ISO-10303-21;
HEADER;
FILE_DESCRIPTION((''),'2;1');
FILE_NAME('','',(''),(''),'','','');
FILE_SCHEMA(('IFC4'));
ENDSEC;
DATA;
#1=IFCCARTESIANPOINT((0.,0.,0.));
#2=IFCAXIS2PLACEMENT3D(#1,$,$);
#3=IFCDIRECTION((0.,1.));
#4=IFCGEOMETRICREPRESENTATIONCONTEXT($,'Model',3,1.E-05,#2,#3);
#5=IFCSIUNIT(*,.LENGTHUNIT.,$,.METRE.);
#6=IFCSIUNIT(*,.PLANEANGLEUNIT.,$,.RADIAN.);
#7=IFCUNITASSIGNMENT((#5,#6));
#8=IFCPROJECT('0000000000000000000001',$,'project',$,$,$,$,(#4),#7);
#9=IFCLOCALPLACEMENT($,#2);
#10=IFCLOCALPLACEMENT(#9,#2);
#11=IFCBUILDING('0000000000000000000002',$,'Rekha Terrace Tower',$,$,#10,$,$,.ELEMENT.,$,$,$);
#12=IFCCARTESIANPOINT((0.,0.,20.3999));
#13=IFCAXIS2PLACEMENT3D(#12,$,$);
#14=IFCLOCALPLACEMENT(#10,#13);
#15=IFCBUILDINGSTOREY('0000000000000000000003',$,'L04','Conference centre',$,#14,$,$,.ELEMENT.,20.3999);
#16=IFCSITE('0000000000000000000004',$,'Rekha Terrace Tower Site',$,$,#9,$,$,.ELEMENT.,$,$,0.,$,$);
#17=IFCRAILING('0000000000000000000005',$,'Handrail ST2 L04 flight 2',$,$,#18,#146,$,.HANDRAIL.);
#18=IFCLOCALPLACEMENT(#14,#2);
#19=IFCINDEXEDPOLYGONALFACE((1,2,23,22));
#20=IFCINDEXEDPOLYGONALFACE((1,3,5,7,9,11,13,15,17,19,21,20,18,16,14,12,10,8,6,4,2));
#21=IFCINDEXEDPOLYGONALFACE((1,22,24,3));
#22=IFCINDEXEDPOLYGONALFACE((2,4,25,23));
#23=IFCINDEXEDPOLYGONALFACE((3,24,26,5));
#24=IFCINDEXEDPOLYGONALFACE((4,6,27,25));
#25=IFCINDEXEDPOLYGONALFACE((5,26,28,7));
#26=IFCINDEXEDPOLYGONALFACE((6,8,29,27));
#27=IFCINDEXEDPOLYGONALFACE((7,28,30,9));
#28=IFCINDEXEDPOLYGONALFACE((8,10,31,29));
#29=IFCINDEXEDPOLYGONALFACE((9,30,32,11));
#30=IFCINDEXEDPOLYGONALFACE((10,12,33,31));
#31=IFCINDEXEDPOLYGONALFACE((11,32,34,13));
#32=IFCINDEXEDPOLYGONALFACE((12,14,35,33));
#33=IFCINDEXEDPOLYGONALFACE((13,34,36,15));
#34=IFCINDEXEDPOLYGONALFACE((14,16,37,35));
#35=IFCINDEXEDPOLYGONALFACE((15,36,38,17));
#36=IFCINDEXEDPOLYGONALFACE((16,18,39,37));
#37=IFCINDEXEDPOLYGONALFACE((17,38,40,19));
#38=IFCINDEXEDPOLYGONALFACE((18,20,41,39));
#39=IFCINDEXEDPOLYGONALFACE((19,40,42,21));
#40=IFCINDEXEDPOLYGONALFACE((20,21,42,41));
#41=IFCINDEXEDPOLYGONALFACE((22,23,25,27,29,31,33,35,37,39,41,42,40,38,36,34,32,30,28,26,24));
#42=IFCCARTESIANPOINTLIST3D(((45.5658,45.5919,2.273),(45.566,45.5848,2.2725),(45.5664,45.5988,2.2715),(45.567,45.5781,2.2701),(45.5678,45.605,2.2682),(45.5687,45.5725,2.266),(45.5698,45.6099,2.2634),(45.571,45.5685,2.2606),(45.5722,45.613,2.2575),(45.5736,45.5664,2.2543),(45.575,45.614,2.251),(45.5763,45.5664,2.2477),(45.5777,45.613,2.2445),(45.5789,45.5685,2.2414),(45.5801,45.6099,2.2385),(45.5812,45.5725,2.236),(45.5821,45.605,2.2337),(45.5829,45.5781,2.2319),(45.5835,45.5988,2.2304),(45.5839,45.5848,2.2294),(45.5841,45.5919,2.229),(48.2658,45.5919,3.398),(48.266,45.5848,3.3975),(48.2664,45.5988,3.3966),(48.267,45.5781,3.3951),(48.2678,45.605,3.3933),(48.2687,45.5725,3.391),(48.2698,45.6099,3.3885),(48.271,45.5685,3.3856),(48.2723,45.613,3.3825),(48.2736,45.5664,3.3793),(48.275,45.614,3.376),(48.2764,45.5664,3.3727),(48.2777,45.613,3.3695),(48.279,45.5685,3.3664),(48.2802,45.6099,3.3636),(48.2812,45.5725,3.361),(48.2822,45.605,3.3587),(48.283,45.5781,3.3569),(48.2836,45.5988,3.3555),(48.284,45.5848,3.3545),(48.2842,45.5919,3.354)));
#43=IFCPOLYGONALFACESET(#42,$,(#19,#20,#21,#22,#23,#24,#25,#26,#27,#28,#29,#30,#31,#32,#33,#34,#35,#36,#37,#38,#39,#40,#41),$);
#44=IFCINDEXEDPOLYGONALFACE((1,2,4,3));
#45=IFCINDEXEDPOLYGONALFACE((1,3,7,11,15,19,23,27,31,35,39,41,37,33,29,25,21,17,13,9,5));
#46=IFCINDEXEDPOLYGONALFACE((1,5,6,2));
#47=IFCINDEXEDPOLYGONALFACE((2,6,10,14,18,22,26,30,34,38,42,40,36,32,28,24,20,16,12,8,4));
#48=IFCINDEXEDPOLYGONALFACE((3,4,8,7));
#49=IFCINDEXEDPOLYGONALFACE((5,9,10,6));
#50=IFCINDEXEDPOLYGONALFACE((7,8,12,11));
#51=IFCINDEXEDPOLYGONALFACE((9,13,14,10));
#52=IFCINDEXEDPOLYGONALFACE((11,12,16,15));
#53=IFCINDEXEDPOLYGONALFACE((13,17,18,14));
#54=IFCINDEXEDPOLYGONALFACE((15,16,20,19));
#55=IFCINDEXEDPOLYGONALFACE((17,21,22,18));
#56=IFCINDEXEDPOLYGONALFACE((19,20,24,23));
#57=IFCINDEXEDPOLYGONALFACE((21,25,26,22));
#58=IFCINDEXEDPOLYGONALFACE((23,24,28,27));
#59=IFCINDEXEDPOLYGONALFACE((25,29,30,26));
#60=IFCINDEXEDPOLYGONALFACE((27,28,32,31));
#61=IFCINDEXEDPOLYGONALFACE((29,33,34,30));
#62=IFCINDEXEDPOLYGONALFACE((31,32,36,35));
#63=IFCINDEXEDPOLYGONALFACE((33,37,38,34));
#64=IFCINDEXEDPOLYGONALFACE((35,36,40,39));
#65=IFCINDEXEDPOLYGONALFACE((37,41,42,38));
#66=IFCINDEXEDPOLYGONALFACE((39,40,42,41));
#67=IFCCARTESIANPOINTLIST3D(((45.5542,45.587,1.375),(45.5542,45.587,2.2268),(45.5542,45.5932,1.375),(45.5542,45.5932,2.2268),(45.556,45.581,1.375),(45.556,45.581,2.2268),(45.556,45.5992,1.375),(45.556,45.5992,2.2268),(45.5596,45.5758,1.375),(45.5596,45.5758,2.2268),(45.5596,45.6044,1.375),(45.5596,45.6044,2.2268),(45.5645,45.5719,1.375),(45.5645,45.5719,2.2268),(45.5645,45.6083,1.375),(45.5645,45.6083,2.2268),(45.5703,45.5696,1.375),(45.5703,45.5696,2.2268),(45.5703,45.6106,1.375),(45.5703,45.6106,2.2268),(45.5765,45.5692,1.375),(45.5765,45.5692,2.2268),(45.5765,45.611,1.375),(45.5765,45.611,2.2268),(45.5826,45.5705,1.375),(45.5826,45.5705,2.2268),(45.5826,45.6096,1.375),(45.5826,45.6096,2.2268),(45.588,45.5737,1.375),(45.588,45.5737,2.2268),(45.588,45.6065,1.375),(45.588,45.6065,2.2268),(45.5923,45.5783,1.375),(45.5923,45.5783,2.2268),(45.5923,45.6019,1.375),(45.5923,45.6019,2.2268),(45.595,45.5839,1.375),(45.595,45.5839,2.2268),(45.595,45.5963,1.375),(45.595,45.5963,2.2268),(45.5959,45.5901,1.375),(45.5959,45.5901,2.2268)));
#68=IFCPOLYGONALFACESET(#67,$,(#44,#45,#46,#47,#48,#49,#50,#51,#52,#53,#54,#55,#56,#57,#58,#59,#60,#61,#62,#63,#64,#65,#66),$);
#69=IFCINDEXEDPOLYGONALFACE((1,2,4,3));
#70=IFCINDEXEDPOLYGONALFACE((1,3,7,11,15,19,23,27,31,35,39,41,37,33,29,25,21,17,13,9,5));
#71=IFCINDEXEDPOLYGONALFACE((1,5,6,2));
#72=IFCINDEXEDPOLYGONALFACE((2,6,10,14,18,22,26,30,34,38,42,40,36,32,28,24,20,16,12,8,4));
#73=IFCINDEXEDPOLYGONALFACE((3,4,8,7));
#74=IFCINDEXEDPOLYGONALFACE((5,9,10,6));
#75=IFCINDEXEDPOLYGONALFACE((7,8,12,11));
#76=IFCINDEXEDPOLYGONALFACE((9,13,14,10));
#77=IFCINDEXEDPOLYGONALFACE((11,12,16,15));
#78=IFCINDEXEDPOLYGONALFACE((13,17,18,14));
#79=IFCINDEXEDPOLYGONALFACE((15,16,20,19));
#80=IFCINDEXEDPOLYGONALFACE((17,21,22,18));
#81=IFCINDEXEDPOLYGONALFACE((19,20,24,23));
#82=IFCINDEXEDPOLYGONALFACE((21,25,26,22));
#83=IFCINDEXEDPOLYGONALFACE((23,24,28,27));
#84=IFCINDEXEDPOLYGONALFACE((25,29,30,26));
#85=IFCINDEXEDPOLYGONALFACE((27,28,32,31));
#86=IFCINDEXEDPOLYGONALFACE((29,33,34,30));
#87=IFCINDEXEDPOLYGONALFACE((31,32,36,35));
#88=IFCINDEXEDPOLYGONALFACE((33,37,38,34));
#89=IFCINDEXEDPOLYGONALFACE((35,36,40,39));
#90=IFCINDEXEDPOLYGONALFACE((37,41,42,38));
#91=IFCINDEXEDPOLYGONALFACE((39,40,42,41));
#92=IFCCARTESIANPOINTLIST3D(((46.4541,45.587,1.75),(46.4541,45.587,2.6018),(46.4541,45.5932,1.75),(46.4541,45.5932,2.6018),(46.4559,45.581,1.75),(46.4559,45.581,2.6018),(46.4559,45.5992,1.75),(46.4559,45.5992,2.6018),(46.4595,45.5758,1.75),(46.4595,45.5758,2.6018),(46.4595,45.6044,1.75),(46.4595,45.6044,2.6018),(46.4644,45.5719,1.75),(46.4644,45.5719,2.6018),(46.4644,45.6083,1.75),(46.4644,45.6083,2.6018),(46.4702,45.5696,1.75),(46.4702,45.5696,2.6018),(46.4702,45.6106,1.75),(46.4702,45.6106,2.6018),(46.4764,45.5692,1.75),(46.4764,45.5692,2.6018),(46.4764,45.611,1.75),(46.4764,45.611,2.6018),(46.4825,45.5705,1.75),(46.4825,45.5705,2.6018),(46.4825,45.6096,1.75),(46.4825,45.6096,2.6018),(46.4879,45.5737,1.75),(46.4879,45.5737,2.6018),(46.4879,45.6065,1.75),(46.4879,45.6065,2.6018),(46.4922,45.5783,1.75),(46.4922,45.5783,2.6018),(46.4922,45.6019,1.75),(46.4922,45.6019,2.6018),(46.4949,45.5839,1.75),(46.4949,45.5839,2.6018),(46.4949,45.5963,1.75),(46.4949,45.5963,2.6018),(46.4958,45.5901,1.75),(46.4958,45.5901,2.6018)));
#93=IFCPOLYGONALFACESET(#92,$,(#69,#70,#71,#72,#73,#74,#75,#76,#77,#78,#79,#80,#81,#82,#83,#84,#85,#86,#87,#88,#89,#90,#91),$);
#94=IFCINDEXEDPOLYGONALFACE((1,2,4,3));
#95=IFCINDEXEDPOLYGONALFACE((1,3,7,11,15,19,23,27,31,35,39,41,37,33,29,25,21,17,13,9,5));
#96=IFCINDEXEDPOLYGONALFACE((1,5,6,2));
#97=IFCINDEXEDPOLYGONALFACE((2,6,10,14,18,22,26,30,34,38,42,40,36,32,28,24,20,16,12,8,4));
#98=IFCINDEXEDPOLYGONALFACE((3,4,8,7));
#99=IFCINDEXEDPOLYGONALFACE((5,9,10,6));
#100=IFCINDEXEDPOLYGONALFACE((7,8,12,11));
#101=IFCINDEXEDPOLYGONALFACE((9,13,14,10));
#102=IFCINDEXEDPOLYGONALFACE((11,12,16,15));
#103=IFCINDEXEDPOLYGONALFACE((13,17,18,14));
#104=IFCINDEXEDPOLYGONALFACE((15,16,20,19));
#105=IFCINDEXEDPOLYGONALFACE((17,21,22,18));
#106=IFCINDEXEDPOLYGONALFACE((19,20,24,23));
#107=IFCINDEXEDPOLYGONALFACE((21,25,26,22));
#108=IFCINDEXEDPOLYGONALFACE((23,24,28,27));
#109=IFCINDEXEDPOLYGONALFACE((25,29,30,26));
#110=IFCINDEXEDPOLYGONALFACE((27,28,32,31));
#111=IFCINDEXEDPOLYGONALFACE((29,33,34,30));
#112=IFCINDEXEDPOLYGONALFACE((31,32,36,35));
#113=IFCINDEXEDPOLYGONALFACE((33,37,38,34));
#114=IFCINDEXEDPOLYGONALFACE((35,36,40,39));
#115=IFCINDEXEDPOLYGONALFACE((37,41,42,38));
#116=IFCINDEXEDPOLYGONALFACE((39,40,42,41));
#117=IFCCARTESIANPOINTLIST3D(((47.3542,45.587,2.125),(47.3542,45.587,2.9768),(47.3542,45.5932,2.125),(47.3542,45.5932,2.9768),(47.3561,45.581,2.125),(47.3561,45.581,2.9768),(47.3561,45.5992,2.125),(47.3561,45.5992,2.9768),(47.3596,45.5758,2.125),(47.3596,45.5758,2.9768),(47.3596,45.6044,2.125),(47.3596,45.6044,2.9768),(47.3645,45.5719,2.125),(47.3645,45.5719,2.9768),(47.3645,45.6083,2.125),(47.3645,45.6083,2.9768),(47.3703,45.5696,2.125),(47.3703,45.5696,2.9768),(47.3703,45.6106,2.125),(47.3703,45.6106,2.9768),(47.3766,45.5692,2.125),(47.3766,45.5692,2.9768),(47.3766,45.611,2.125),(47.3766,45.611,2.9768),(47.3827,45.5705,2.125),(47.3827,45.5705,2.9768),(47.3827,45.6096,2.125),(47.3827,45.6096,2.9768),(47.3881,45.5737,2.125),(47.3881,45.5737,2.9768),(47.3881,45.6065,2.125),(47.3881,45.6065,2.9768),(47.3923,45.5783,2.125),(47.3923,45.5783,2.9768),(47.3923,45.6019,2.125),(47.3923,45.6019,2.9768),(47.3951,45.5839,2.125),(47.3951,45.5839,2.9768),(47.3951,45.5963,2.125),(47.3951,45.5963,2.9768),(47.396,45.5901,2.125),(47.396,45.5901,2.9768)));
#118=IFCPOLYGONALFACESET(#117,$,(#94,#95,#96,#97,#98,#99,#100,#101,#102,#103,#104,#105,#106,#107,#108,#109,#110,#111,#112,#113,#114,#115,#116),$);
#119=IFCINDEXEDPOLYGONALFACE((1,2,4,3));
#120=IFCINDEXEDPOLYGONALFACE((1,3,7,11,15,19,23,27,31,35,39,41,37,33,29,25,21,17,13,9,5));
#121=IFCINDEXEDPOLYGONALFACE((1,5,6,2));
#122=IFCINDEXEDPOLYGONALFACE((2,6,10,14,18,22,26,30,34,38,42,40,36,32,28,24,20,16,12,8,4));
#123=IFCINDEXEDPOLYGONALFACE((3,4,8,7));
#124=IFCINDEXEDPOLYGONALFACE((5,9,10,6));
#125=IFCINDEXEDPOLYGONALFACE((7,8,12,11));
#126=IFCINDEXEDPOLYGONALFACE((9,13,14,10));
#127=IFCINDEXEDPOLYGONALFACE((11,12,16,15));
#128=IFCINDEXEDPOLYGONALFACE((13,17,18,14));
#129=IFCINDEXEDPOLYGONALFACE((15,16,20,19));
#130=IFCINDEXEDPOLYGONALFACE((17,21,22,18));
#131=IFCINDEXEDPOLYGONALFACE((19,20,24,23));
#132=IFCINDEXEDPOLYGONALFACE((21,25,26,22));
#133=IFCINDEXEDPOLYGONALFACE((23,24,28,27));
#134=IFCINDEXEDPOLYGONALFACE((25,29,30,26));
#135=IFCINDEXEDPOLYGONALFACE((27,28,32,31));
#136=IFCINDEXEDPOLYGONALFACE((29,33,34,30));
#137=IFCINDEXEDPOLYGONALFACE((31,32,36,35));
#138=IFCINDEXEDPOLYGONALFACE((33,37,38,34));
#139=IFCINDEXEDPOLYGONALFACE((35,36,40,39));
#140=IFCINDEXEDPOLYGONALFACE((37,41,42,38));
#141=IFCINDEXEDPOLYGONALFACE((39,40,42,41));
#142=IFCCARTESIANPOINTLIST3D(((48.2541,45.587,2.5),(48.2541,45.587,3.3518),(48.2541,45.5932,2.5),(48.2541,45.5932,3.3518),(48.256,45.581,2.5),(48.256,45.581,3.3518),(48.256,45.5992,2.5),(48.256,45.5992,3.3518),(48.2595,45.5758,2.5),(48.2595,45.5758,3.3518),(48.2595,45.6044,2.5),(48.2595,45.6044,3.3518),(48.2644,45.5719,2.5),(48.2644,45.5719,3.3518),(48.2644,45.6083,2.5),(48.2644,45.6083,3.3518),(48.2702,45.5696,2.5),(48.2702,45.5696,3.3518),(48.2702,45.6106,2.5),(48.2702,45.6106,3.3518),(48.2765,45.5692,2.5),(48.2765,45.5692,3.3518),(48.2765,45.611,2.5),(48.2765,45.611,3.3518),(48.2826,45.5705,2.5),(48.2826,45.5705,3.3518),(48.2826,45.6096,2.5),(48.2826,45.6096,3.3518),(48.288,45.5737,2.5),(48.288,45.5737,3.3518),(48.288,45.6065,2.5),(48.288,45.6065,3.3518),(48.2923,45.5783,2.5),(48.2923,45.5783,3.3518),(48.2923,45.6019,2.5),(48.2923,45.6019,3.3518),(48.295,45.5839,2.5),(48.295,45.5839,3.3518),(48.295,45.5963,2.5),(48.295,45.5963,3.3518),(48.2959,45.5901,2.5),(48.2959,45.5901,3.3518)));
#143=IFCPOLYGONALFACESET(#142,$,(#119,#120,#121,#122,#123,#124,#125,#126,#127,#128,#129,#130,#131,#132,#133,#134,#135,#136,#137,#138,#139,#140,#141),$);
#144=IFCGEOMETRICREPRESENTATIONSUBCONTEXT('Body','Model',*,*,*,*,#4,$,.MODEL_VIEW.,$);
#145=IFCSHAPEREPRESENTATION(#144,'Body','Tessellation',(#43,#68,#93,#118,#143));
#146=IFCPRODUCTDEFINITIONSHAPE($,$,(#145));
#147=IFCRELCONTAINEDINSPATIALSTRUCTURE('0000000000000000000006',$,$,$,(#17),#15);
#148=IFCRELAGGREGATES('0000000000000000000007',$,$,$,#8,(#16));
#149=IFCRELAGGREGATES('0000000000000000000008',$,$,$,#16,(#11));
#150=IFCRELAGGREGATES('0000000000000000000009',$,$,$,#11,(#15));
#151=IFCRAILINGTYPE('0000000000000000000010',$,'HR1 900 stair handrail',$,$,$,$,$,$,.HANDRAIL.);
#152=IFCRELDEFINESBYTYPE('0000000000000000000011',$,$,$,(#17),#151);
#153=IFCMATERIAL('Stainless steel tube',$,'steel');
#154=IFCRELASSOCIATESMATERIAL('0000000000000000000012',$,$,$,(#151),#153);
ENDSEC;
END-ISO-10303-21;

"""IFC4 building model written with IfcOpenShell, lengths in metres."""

from ifc_helpers import new_model, si_unit, direction, frame, origin, origin_2d, place, context, subcontext, project, spatial, circle, extrude, material, type_object, element, save


model = new_model("IFC4")

# Units and contexts
model_context = context("Model", 3, precision=1e-05, world=origin(), true_north=direction((0.0, 1.0)))
body_context = subcontext(model_context, "Body", "Model", "MODEL_VIEW")
ifc_project = project(units=[si_unit("LENGTHUNIT", "METRE"), si_unit("PLANEANGLEUNIT", "RADIAN")], contexts=[model_context])

# Site, building, storey
site_placement = place(None, origin())
site = spatial("IfcSite", under=ifc_project, at=site_placement, Name="Rekha Terrace Tower Site", CompositionType="ELEMENT", RefElevation=0.0)
building_placement = place(site_placement, origin())
building = spatial("IfcBuilding", under=site, at=building_placement, Name="Rekha Terrace Tower", CompositionType="ELEMENT")
storey_placement = place(building_placement, frame((0.0, 0.0, 20.3999)))
storey = spatial("IfcBuildingStorey", under=building, at=storey_placement, Name="L04", Description="Conference centre", CompositionType="ELEMENT", Elevation=20.3999)

# Railing
ifc_material_1 = material(Name="Stainless steel tube", Category="steel")
railing_type_1 = type_object("IfcRailingType", Name="HR1 900 stair handrail", PredefinedType="HANDRAIL", material=ifc_material_1)
railing_1_placement = place(storey_placement, frame((45.575, 45.5901, 1.375)))
element("IfcRailing", 1, at=railing_1_placement, inside=storey, type_object=railing_type_1, Name="Handrail ST2 L04 flight 2", PredefinedType="HANDRAIL", context=body_context, shape_type="SweptSolid", body=[
    extrude(circle(Radius=0.0239, at=origin_2d()), frame((0.0, 0.0, 0.876), z_axis=(0.923074, 0.0, 0.384621), x_axis=(0.0, 1.0, 0.0)), (0.0, 0.0, 1.0), 2.925),
    extrude(circle(Radius=0.021, at=origin_2d()), origin(), (0.0, 0.0, 1.0), 0.8518),
    extrude(circle(Radius=0.021, at=origin_2d()), frame((0.8999, 0.0, 0.375)), (0.0, 0.0, 1.0), 0.8518),
    extrude(circle(Radius=0.021, at=origin_2d()), frame((1.8, 0.0, 0.75)), (0.0, 0.0, 1.0), 0.8518),
    extrude(circle(Radius=0.021, at=origin_2d()), frame((2.7, 0.0, 1.125)), (0.0, 0.0, 1.0), 0.8518),
])

save(model, "model.ifc")
